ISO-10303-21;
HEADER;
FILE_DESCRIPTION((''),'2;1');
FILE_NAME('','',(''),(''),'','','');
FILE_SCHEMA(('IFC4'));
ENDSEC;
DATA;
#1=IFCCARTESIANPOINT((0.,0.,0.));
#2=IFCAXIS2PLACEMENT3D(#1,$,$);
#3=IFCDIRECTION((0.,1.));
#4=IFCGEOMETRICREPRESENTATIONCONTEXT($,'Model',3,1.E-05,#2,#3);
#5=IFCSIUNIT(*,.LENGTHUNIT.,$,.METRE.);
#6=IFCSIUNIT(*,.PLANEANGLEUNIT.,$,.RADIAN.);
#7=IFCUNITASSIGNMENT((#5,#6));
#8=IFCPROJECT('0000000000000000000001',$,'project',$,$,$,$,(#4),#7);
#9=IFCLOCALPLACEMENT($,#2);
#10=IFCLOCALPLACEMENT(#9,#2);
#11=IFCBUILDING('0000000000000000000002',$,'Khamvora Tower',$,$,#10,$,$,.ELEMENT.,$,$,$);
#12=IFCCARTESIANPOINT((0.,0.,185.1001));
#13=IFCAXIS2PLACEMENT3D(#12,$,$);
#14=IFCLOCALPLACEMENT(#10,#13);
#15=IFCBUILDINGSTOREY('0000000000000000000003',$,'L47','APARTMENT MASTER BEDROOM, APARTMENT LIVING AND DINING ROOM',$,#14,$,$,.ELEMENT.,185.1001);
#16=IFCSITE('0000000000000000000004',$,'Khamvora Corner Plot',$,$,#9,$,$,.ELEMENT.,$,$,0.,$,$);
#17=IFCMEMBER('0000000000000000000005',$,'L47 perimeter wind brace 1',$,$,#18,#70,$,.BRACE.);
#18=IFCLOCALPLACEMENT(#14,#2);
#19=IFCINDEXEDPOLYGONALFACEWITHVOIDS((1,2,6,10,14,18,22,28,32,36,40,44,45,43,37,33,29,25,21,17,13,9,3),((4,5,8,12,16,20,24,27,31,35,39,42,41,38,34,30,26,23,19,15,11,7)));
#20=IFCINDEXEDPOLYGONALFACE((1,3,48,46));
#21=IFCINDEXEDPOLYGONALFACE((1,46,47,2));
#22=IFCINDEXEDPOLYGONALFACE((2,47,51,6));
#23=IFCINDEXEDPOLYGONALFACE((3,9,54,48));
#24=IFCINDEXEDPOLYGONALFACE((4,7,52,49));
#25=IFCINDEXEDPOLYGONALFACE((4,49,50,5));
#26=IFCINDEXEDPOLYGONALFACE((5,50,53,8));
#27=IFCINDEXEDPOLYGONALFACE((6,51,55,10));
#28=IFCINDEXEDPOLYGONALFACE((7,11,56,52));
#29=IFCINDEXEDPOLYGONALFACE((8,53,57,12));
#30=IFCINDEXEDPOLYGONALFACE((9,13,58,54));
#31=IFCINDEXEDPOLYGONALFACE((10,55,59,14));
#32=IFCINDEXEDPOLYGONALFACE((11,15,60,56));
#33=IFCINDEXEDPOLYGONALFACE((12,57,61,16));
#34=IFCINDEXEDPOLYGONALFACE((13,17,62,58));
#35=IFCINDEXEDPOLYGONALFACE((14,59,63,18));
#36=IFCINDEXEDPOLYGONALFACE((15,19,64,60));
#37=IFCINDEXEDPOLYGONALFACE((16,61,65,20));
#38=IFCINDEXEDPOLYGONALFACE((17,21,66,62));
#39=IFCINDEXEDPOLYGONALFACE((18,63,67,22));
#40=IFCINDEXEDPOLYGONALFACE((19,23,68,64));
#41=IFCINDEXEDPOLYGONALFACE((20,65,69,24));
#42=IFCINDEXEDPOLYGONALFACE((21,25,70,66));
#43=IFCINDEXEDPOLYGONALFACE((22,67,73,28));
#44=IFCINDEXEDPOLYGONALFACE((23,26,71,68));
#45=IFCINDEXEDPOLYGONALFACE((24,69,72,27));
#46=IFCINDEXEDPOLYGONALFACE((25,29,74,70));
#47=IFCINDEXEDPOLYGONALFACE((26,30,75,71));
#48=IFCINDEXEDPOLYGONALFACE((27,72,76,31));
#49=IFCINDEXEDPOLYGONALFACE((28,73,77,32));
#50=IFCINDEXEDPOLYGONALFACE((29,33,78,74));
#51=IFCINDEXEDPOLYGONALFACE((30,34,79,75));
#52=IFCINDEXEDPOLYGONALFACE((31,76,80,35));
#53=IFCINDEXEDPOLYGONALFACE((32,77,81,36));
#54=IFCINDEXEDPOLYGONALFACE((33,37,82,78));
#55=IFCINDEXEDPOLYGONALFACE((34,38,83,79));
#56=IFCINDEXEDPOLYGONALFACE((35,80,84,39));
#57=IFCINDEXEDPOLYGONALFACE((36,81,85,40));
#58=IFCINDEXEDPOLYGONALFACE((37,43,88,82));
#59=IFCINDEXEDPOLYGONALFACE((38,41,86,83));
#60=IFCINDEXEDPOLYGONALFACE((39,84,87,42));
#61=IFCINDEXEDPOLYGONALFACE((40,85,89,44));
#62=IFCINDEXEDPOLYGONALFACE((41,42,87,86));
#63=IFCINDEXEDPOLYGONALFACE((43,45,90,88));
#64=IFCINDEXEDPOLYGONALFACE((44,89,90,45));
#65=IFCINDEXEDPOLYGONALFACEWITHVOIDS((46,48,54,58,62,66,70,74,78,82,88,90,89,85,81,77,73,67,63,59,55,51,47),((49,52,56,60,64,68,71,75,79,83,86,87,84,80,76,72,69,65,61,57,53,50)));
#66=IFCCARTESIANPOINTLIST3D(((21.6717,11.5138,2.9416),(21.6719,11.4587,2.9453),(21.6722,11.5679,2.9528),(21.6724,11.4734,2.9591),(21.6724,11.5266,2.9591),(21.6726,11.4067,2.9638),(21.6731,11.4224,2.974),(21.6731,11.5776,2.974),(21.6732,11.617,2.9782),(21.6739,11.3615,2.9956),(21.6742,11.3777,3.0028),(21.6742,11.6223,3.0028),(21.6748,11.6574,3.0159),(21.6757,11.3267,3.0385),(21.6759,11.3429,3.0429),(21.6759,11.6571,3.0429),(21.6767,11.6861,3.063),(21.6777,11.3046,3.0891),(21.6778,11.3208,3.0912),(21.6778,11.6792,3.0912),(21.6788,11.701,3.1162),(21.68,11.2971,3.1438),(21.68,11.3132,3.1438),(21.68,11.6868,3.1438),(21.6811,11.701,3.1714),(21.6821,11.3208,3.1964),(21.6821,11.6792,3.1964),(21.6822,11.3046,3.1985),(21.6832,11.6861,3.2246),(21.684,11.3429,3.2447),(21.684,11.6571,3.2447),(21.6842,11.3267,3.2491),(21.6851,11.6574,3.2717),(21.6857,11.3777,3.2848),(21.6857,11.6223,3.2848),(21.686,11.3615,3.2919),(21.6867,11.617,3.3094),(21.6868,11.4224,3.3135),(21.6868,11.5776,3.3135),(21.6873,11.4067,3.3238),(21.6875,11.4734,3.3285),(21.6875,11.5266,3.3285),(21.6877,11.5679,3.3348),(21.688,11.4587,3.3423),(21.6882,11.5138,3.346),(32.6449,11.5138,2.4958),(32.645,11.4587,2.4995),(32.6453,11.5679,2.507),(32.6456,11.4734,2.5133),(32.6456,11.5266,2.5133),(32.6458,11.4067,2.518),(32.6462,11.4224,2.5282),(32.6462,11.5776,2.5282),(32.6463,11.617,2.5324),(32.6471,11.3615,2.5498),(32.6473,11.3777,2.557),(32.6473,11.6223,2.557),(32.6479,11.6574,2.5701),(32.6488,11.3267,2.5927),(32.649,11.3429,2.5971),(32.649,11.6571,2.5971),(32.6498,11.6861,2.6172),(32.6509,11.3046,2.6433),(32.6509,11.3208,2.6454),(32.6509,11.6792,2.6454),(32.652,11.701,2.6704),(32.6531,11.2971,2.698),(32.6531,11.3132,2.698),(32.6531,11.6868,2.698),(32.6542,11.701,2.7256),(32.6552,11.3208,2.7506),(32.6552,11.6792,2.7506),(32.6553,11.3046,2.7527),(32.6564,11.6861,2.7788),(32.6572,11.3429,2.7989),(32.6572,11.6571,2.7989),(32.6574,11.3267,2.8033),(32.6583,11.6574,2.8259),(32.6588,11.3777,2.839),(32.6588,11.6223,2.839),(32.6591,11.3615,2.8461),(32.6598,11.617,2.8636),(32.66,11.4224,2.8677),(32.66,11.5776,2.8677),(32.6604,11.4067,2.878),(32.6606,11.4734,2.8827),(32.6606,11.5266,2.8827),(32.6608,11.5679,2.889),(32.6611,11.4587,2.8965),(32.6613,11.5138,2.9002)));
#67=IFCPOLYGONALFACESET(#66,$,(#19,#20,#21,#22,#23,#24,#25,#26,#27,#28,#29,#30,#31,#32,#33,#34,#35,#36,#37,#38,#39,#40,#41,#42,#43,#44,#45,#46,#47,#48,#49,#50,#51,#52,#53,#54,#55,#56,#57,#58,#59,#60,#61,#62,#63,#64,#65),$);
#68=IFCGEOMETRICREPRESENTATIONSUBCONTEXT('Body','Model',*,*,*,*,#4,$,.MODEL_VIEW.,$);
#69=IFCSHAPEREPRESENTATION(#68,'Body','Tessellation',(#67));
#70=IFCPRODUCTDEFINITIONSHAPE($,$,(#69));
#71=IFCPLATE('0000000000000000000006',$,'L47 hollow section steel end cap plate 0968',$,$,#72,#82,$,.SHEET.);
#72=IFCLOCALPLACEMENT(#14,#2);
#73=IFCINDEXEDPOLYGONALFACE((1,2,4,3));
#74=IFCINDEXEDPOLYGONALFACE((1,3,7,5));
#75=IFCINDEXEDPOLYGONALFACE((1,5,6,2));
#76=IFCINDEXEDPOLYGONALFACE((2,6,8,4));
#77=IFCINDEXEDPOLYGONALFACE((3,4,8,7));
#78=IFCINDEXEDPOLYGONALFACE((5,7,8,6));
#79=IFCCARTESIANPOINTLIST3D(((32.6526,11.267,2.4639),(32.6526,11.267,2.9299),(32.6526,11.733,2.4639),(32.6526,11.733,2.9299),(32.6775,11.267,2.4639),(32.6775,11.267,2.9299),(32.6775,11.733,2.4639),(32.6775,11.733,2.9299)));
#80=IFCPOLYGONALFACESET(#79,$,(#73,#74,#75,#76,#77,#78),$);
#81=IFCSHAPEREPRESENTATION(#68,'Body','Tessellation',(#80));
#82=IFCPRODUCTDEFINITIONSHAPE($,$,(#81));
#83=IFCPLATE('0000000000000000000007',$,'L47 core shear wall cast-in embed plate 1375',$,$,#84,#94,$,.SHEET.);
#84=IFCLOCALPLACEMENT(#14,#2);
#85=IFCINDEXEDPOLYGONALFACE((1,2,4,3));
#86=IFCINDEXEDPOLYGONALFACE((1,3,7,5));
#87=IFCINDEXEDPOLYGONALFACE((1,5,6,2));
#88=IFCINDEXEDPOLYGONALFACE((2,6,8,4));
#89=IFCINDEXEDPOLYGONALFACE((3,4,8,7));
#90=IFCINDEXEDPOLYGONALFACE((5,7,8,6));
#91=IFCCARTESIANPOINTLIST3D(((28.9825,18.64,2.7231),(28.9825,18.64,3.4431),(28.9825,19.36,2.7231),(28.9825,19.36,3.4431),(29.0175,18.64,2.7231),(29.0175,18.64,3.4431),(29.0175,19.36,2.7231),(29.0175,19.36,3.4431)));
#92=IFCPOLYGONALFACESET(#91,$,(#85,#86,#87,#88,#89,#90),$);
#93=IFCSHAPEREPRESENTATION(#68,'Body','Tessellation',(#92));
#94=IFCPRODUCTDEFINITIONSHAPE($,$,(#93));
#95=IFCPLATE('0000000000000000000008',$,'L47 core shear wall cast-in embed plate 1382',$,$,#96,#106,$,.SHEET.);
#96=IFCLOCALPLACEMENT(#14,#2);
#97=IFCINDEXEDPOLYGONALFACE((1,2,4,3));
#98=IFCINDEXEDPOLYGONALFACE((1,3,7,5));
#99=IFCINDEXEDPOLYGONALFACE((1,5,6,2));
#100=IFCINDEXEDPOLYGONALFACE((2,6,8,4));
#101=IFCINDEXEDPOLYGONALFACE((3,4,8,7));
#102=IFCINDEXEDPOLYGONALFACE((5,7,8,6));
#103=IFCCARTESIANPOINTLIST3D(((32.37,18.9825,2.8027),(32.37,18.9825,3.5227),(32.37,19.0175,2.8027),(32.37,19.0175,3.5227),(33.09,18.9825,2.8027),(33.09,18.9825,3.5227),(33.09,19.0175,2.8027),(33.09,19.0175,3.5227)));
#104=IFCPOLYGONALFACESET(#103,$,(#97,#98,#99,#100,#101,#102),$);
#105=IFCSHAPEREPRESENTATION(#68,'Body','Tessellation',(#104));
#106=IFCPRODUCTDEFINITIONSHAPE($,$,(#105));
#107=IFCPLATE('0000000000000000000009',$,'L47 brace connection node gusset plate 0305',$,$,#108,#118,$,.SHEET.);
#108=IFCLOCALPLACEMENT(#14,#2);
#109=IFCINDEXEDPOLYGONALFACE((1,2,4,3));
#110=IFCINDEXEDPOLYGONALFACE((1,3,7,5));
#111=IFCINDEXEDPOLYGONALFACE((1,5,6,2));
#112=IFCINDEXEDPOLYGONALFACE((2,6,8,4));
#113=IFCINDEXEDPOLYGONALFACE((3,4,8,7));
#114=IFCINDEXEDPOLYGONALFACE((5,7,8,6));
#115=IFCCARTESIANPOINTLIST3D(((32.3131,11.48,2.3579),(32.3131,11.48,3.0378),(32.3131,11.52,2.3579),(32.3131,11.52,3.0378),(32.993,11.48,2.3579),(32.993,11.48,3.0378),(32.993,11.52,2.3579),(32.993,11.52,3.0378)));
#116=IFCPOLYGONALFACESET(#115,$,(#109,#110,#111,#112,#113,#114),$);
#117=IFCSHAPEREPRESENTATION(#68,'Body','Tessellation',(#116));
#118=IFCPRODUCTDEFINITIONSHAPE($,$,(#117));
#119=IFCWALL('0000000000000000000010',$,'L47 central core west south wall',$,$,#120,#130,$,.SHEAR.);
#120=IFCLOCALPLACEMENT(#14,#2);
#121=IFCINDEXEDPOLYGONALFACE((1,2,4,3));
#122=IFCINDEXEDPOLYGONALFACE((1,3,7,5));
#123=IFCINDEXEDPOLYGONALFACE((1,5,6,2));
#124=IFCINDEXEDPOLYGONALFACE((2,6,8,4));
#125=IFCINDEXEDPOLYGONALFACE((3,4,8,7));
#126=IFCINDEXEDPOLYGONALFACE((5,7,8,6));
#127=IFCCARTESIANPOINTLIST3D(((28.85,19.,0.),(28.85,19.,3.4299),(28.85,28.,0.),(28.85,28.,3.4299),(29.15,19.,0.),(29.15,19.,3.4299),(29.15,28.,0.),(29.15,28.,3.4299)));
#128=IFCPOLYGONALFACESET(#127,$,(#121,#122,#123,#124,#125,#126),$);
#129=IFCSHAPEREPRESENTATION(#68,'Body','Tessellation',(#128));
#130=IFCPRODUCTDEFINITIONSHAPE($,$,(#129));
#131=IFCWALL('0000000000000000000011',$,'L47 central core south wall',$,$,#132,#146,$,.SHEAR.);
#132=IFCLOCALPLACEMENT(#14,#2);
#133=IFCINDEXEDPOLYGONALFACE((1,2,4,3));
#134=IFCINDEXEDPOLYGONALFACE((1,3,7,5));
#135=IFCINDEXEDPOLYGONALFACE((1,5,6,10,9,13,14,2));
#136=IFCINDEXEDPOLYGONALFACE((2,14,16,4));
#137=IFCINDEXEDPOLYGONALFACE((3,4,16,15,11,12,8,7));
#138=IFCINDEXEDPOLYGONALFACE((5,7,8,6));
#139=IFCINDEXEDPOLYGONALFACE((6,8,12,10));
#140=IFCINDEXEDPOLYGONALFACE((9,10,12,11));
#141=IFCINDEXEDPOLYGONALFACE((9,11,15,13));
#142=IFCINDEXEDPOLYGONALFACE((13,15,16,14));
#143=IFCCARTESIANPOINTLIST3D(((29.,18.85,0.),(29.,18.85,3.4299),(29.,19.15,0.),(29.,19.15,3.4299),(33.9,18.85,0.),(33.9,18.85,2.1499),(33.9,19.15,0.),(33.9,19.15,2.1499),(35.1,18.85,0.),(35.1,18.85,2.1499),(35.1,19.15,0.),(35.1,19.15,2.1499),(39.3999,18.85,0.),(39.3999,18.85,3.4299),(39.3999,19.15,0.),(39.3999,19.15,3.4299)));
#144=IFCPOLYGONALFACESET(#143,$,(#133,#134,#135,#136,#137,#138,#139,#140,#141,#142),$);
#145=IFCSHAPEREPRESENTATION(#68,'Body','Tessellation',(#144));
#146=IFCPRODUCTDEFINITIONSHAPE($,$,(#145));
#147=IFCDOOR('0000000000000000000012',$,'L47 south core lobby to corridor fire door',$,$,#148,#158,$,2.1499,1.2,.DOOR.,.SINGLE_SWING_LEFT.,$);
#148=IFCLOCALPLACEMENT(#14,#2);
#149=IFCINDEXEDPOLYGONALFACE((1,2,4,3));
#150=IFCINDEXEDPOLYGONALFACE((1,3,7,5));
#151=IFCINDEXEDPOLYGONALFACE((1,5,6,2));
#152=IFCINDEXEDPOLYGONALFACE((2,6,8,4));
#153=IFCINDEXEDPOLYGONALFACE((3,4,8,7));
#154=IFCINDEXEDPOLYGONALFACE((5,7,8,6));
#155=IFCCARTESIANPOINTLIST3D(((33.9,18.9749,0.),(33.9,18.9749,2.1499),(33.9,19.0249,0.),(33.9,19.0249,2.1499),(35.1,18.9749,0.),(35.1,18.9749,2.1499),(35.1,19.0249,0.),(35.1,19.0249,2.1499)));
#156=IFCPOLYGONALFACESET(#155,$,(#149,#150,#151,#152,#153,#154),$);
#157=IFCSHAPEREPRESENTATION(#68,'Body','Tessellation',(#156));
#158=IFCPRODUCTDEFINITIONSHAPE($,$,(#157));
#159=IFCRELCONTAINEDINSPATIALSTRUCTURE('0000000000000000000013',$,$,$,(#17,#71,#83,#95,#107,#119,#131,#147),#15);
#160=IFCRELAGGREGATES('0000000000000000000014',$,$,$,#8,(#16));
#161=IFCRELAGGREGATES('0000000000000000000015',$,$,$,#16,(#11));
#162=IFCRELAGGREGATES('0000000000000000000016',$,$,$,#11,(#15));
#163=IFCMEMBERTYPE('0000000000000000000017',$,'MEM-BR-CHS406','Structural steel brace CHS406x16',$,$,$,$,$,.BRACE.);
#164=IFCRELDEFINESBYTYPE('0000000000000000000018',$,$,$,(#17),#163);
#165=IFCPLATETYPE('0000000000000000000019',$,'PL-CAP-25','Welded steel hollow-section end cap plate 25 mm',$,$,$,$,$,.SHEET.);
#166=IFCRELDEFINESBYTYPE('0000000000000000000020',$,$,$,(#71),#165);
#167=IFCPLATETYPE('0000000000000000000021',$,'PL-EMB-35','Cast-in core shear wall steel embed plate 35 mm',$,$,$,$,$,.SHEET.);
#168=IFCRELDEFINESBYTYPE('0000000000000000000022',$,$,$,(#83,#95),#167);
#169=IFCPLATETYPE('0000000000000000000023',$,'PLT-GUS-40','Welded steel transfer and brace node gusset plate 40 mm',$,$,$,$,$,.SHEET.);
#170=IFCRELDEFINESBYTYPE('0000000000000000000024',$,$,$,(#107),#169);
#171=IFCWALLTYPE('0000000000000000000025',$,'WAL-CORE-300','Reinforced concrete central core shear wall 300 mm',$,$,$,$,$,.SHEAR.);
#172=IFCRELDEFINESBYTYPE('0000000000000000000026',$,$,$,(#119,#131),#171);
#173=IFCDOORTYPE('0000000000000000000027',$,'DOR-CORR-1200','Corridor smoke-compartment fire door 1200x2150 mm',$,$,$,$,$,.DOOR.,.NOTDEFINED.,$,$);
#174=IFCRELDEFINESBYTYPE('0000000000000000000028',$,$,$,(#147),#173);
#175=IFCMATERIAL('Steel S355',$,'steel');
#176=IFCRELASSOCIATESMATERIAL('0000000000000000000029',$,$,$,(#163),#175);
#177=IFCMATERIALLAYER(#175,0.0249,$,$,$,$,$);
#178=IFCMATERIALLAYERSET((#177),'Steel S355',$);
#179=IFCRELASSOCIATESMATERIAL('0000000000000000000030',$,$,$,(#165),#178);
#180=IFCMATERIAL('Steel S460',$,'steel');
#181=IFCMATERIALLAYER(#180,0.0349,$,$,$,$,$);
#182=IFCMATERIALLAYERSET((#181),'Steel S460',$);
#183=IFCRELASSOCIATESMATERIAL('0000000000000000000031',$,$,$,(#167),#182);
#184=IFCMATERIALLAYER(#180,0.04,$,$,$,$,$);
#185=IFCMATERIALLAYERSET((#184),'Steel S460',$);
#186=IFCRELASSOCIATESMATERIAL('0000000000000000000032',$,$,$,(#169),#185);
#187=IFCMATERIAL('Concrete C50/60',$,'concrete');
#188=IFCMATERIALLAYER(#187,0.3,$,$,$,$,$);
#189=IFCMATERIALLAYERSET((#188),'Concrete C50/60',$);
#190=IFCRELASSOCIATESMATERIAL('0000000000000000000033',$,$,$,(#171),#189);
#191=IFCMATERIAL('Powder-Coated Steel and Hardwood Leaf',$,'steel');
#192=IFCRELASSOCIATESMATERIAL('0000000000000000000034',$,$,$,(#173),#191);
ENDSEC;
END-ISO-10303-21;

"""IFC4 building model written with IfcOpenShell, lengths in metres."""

from ifc_helpers import new_model, si_unit, direction, frame, frame_2d, origin, origin_2d, place, context, subcontext, project, spatial, rectangle, hollow_circle, extrude, material, layer, layer_set, material_profile, profile_set, type_object, element, fill, save


model = new_model("IFC4")

# Units and contexts
model_context = context("Model", 3, precision=1e-05, world=origin(), true_north=direction((0.0, 1.0)))
body_context = subcontext(model_context, "Body", "Model", "MODEL_VIEW")
ifc_project = project(units=[si_unit("LENGTHUNIT", "METRE"), si_unit("PLANEANGLEUNIT", "RADIAN")], contexts=[model_context])

# Site, building, storey
site_placement = place(None, origin())
site = spatial("IfcSite", under=ifc_project, at=site_placement, Name="Khamvora Corner Plot", CompositionType="ELEMENT", RefElevation=0.0)
building_placement = place(site_placement, origin())
building = spatial("IfcBuilding", under=site, at=building_placement, Name="Khamvora Tower", CompositionType="ELEMENT")
storey_placement = place(building_placement, frame((0.0, 0.0, 185.1001)))
storey = spatial("IfcBuildingStorey", under=building, at=storey_placement, Name="L47", Description="APARTMENT MASTER BEDROOM, APARTMENT LIVING AND DINING ROOM", CompositionType="ELEMENT", Elevation=185.1001)

# Shared definitions
ifc_material_1 = material(Name="Steel S460", Category="steel")
ifc_material_2 = material(Name="Steel S355", Category="steel")

# Member
ifc_material_profile_1 = material_profile(ifc_material_2, hollow_circle(Radius=0.2029, WallThickness=0.0161, at=origin_2d()), Name="CHS406x16")
ifc_profile_set_1 = profile_set([ifc_material_profile_1], Name="Steel S355")
member_type = type_object("IfcMemberType", Name="MEM-BR-CHS406", Description="Structural steel brace CHS406x16", PredefinedType="BRACE", material=ifc_profile_set_1)
member_placement = place(storey_placement, frame((32.6531, 11.5, 2.698), z_axis=(-0.999176, 0.0, 0.040593), x_axis=(0.0, -1.0, 0.0)))
element("IfcMember", 1, at=member_placement, inside=storey, type_object=member_type, Name="L47 perimeter wind brace 1", PredefinedType="BRACE", context=body_context, shape_type="SweptSolid", body=[
    extrude(hollow_circle(Radius=0.2029, WallThickness=0.0161, at=origin_2d()), origin(), (0.0, 0.0, 1.0), 10.9822),
])

# Plates
ifc_layer_1 = layer(ifc_material_2, 0.0249)
ifc_layer_set_1 = layer_set([ifc_layer_1], Name="Steel S355")
plate_type_1 = type_object("IfcPlateType", Name="PL-CAP-25", Description="Welded steel hollow-section end cap plate 25 mm", PredefinedType="SHEET", material=ifc_layer_set_1)
plate_1_placement = place(storey_placement, frame((32.665, 11.5, 2.4639), z_axis=(0.0, 0.0, 1.0), x_axis=(-1.0, 0.0, 0.0)))
element("IfcPlate", 2, at=plate_1_placement, inside=storey, type_object=plate_type_1, Name="L47 hollow section steel end cap plate 0968", PredefinedType="SHEET", context=body_context, shape_type="SweptSolid", body=[
    extrude(rectangle(XDim=0.0249, YDim=0.4661, at=origin_2d()), origin(), (0.0, 0.0, 1.0), 0.4661),
])
ifc_layer_2 = layer(ifc_material_1, 0.0349)
ifc_layer_set_2 = layer_set([ifc_layer_2], Name="Steel S460")
plate_type_2 = type_object("IfcPlateType", Name="PL-EMB-35", Description="Cast-in core shear wall steel embed plate 35 mm", PredefinedType="SHEET", material=ifc_layer_set_2)
plate_2_placement = place(storey_placement, frame((29.0, 19.0, 2.7231), z_axis=(0.0, 0.0, 1.0), x_axis=(1.0, 0.0, 0.0)))
element("IfcPlate", 3, at=plate_2_placement, inside=storey, type_object=plate_type_2, Name="L47 core shear wall cast-in embed plate 1375", PredefinedType="SHEET", context=body_context, shape_type="SweptSolid", body=[
    extrude(rectangle(XDim=0.0349, YDim=0.72, at=origin_2d()), origin(), (0.0, 0.0, 1.0), 0.72),
])
plate_3_placement = place(storey_placement, frame((32.73, 19.0, 2.8027), z_axis=(0.0, 0.0, 1.0), x_axis=(1.0, 0.0, 0.0)))
element("IfcPlate", 4, at=plate_3_placement, inside=storey, type_object=plate_type_2, Name="L47 core shear wall cast-in embed plate 1382", PredefinedType="SHEET", context=body_context, shape_type="SweptSolid", body=[
    extrude(rectangle(XDim=0.72, YDim=0.0349, at=origin_2d()), origin(), (0.0, 0.0, 1.0), 0.72),
])
ifc_layer_3 = layer(ifc_material_1, 0.04)
ifc_layer_set_3 = layer_set([ifc_layer_3], Name="Steel S460")
plate_type_3 = type_object("IfcPlateType", Name="PLT-GUS-40", Description="Welded steel transfer and brace node gusset plate 40 mm", PredefinedType="SHEET", material=ifc_layer_set_3)
plate_4_placement = place(storey_placement, frame((32.6531, 11.5, 2.3579), z_axis=(0.0, 0.0, 1.0), x_axis=(1.0, 0.0, 0.0)))
element("IfcPlate", 5, at=plate_4_placement, inside=storey, type_object=plate_type_3, Name="L47 brace connection node gusset plate 0305", PredefinedType="SHEET", context=body_context, shape_type="SweptSolid", body=[
    extrude(rectangle(XDim=0.6799, YDim=0.04, at=origin_2d()), origin(), (0.0, 0.0, 1.0), 0.6799),
])

# Wall
ifc_material_3 = material(Name="Concrete C50/60", Category="concrete")
ifc_layer_4 = layer(ifc_material_3, 0.3)
ifc_layer_set_4 = layer_set([ifc_layer_4], Name="Concrete C50/60")
wall_type_1 = type_object("IfcWallType", Name="WAL-CORE-300", Description="Reinforced concrete central core shear wall 300 mm", PredefinedType="SHEAR", material=ifc_layer_set_4)
wall_1_placement = place(storey_placement, frame((29.0, 19.0, 0.0), z_axis=(0.0, 0.0, 1.0), x_axis=(0.0, 1.0, 0.0)))
element("IfcWall", 6, at=wall_1_placement, inside=storey, type_object=wall_type_1, Name="L47 central core west south wall", PredefinedType="SHEAR", context=body_context, shape_type="SweptSolid", body=[
    extrude(rectangle(XDim=9.0, YDim=0.3, at=frame_2d((4.5, 0.0))), origin(), (0.0, 0.0, 1.0), 3.4299),
])

# Wall, opening, door
wall_2_placement = place(storey_placement, frame((29.0, 19.0, 0.0), z_axis=(0.0, 0.0, 1.0), x_axis=(1.0, 0.0, 0.0)))
wall_2 = element("IfcWall", 7, at=wall_2_placement, inside=storey, type_object=wall_type_1, Name="L47 central core south wall", PredefinedType="SHEAR", context=body_context, shape_type="SweptSolid", body=[
    extrude(rectangle(XDim=10.3999, YDim=0.3, at=frame_2d((5.2, 0.0))), origin(), (0.0, 0.0, 1.0), 3.4299),
])
opening_1_placement = place(wall_2_placement, frame((4.8999, 0.0, 0.0)))
opening_1 = element("IfcOpeningElement", 8, at=opening_1_placement, cuts=wall_2, PredefinedType="OPENING", context=body_context, shape_type="SweptSolid", body=[
    extrude(rectangle(XDim=1.2, YDim=2.1499, at=frame_2d((0.6001, 1.075))), frame((0.0, 0.1599, 0.0), z_axis=(0.0, -1.0, 0.0), x_axis=(1.0, 0.0, 0.0)), (0.0, 0.0, 1.0), 0.3201),
])
ifc_material_4 = material(Name="Powder-Coated Steel and Hardwood Leaf", Category="steel")
door_type_1 = type_object("IfcDoorType", Name="DOR-CORR-1200", Description="Corridor smoke-compartment fire door 1200x2150 mm", OperationType="NOTDEFINED", PredefinedType="DOOR", material=ifc_material_4)
door_1_placement = place(opening_1_placement, origin())
door_1 = element("IfcDoor", 9, at=door_1_placement, inside=storey, type_object=door_type_1, Name="L47 south core lobby to corridor fire door", OperationType="SINGLE_SWING_LEFT", OverallHeight=2.1499, OverallWidth=1.2, PredefinedType="DOOR", context=body_context, shape_type="SweptSolid", body=[
    extrude(rectangle(XDim=1.2, YDim=2.1499, at=frame_2d((0.6001, 1.075))), frame((0.0, 0.0249, 0.0), z_axis=(0.0, -1.0, 0.0), x_axis=(1.0, 0.0, 0.0)), (0.0, 0.0, 1.0), 0.05),
])
fill(opening_1, door_1)

save(model, "model.ifc")
